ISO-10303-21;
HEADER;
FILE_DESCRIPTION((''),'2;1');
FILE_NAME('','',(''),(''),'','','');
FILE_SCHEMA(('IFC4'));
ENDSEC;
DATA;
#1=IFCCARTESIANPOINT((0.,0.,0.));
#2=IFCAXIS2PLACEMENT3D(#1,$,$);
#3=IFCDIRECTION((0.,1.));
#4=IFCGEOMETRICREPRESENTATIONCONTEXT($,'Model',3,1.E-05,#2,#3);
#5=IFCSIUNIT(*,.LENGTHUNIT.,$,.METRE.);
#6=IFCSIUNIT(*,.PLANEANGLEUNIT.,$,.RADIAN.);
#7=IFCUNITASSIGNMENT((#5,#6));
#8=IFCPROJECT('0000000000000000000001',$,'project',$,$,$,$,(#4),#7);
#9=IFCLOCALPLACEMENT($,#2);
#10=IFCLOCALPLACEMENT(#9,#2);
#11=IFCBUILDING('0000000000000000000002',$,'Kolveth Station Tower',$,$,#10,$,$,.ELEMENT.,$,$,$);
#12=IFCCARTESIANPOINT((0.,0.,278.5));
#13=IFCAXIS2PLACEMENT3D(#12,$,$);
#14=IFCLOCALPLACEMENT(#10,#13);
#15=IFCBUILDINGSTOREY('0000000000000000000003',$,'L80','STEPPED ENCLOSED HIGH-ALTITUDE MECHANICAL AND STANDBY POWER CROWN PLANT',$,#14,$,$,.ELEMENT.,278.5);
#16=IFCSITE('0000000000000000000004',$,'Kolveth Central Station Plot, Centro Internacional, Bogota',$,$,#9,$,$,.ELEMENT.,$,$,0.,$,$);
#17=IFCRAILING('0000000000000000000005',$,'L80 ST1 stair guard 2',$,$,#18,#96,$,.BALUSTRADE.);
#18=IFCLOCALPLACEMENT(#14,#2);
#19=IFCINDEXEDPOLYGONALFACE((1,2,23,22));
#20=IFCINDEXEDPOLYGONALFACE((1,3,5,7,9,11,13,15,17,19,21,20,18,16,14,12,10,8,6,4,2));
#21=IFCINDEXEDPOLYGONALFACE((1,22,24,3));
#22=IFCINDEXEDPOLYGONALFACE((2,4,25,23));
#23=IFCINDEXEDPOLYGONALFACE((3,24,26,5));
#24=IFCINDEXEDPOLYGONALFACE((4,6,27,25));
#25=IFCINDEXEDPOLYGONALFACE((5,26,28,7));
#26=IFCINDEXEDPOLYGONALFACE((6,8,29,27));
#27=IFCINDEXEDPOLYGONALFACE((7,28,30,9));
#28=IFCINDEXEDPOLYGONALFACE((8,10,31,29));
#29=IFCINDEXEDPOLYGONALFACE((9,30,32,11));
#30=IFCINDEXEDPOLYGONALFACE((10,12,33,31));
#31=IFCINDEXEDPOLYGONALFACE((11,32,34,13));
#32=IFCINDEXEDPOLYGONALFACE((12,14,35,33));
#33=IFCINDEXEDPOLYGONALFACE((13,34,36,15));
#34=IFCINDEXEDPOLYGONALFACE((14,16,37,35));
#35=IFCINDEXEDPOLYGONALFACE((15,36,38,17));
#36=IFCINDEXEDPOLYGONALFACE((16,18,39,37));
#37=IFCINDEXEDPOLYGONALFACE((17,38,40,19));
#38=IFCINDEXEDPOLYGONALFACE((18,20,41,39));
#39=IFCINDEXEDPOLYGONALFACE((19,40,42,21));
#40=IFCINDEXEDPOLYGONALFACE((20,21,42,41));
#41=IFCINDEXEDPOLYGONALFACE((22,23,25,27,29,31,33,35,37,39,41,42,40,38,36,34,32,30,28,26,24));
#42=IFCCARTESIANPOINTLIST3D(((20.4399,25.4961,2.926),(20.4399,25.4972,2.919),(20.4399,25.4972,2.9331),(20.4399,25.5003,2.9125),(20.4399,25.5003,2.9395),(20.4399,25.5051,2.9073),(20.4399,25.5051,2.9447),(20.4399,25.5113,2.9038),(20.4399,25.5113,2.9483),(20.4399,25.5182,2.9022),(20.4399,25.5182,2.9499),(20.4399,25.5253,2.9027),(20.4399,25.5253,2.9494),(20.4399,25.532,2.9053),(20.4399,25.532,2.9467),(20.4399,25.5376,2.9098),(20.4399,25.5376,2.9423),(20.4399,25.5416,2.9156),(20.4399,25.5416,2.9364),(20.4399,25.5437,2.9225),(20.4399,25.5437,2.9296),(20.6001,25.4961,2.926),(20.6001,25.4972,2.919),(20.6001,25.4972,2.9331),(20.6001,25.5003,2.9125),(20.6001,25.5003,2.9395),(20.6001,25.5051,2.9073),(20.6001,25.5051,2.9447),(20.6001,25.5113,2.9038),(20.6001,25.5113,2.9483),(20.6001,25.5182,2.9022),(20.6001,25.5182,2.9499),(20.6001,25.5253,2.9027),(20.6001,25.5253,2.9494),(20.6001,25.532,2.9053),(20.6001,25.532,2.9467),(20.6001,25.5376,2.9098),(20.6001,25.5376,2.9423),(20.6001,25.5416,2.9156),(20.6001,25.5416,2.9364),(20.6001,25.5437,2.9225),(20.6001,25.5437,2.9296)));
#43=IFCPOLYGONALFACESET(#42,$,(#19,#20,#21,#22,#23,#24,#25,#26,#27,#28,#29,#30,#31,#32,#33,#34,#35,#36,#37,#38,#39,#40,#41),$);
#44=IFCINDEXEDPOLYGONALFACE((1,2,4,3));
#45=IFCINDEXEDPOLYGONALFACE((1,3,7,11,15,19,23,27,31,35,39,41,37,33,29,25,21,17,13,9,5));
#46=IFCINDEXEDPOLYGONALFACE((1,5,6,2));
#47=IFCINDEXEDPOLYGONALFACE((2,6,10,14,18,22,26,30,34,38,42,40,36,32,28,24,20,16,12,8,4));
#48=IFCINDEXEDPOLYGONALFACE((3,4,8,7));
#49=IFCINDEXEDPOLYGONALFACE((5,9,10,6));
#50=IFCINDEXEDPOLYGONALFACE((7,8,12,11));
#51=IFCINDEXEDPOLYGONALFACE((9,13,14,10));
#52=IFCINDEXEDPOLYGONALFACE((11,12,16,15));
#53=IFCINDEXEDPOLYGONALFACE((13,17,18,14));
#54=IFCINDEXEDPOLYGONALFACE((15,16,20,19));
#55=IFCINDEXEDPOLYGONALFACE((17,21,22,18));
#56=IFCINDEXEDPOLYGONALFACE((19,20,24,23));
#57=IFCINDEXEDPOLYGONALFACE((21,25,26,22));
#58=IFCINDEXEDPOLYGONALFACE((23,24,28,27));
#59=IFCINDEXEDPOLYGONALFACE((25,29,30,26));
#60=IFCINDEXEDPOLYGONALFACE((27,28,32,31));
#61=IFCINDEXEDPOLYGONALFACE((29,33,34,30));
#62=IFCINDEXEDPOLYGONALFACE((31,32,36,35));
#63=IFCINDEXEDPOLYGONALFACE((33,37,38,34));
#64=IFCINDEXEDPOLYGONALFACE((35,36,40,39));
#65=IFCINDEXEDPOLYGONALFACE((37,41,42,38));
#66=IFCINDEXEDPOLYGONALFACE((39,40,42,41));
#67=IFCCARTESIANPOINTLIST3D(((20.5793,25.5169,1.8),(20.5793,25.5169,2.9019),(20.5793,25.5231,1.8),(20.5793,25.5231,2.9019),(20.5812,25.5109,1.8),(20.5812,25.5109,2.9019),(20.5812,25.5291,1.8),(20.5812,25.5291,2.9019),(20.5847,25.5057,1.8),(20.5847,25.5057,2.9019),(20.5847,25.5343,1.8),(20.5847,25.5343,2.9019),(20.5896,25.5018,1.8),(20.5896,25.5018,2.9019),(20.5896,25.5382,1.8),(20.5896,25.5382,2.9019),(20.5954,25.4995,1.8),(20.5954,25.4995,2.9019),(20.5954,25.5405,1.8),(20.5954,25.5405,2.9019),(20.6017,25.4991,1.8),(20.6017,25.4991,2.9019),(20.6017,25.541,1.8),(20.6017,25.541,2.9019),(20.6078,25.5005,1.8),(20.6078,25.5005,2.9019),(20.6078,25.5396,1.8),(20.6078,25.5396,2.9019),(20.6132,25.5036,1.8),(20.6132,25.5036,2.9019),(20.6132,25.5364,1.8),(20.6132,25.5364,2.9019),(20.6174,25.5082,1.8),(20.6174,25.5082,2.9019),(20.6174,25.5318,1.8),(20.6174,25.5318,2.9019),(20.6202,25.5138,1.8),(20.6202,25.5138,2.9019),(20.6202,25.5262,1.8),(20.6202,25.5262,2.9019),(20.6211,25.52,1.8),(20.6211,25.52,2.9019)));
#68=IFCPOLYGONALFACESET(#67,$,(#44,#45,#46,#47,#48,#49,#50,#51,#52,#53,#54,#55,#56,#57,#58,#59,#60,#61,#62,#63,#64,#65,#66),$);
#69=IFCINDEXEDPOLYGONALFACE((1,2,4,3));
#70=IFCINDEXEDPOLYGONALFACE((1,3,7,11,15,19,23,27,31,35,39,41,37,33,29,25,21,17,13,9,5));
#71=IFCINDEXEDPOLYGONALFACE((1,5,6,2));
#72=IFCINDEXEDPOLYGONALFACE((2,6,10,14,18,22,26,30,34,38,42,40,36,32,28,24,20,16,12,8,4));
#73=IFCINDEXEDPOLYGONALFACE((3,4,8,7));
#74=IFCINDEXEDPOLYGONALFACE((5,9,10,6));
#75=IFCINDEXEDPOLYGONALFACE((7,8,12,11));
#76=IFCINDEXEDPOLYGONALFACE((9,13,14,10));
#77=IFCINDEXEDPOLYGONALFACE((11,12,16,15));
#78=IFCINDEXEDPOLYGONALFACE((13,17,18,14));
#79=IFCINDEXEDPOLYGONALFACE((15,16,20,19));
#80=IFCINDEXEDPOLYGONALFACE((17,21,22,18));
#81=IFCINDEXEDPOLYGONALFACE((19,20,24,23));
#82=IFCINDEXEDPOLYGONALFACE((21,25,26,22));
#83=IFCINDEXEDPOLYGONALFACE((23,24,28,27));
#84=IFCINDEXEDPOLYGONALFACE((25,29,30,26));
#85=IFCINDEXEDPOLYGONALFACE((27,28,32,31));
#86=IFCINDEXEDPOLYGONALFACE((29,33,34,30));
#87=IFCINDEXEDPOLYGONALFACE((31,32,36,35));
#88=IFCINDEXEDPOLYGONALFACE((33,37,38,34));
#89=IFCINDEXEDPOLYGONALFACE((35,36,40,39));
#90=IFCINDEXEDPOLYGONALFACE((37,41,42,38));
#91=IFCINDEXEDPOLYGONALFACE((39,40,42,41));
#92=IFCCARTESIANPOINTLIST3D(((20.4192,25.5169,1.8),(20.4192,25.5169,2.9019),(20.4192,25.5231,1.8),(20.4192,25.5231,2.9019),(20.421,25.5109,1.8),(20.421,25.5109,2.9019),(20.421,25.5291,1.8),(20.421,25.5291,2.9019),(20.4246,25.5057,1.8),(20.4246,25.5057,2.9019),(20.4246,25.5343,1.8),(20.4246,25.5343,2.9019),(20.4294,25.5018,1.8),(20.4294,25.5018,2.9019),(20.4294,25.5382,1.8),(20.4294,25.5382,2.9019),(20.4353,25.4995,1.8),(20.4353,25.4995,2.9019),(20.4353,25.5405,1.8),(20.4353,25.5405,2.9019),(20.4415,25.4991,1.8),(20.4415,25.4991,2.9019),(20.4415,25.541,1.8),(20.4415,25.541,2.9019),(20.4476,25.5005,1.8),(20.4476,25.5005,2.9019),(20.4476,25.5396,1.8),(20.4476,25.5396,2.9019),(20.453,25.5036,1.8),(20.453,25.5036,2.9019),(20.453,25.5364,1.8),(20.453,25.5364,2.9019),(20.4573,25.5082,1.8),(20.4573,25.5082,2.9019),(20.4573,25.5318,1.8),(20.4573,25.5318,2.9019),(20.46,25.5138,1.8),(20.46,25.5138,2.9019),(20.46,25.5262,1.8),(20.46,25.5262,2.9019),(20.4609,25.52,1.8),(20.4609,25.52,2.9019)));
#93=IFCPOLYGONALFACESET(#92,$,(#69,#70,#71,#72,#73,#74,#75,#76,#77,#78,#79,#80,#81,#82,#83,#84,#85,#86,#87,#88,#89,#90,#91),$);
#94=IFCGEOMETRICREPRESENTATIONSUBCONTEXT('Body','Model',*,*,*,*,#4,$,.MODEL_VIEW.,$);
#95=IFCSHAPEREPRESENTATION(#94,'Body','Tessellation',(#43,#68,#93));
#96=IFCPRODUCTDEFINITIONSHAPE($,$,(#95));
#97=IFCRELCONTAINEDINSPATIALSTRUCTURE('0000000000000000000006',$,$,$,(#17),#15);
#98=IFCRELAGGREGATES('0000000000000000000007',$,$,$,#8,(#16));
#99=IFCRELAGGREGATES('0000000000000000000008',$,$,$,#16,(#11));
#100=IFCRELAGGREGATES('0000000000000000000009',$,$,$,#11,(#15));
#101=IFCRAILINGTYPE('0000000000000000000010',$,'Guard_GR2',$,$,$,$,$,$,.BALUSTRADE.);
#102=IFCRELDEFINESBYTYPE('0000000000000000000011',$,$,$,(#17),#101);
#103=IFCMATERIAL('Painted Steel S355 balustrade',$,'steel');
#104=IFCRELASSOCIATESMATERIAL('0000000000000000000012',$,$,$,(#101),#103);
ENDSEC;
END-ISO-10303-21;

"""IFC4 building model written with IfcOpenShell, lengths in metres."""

from ifc_helpers import new_model, si_unit, direction, frame, origin, origin_2d, place, context, subcontext, project, spatial, circle, extrude, material, type_object, element, save


model = new_model("IFC4")

# Units and contexts
model_context = context("Model", 3, precision=1e-05, world=origin(), true_north=direction((0.0, 1.0)))
body_context = subcontext(model_context, "Body", "Model", "MODEL_VIEW")
ifc_project = project(units=[si_unit("LENGTHUNIT", "METRE"), si_unit("PLANEANGLEUNIT", "RADIAN")], contexts=[model_context])

# Site, building, storey
site_placement = place(None, origin())
site = spatial("IfcSite", under=ifc_project, at=site_placement, Name="Kolveth Central Station Plot, Centro Internacional, Bogota", CompositionType="ELEMENT", RefElevation=0.0)
building_placement = place(site_placement, origin())
building = spatial("IfcBuilding", under=site, at=building_placement, Name="Kolveth Station Tower", CompositionType="ELEMENT")
storey_placement = place(building_placement, frame((0.0, 0.0, 278.5)))
storey = spatial("IfcBuildingStorey", under=building, at=storey_placement, Name="L80", Description="STEPPED ENCLOSED HIGH-ALTITUDE MECHANICAL AND STANDBY POWER CROWN PLANT", CompositionType="ELEMENT", Elevation=278.5)

# Railing
ifc_material_1 = material(Name="Painted Steel S355 balustrade", Category="steel")
railing_type_1 = type_object("IfcRailingType", Name="Guard_GR2", PredefinedType="BALUSTRADE", material=ifc_material_1)
railing_1_placement = place(storey_placement, frame((20.6001, 25.52, 1.8)))
element("IfcRailing", 1, at=railing_1_placement, inside=storey, type_object=railing_type_1, Name="L80 ST1 stair guard 2", PredefinedType="BALUSTRADE", context=body_context, shape_type="SweptSolid", body=[
    extrude(circle(Radius=0.0239, at=origin_2d()), frame((0.0, 0.0, 1.126), z_axis=(-1.0, 0.0, 0.0), x_axis=(0.0, -1.0, 0.0)), (0.0, 0.0, 1.0), 0.1602),
    extrude(circle(Radius=0.021, at=origin_2d()), origin(), (0.0, 0.0, 1.0), 1.1018),
    extrude(circle(Radius=0.021, at=origin_2d()), frame((-0.1602, 0.0, 0.0)), (0.0, 0.0, 1.0), 1.1018),
])

save(model, "model.ifc")
